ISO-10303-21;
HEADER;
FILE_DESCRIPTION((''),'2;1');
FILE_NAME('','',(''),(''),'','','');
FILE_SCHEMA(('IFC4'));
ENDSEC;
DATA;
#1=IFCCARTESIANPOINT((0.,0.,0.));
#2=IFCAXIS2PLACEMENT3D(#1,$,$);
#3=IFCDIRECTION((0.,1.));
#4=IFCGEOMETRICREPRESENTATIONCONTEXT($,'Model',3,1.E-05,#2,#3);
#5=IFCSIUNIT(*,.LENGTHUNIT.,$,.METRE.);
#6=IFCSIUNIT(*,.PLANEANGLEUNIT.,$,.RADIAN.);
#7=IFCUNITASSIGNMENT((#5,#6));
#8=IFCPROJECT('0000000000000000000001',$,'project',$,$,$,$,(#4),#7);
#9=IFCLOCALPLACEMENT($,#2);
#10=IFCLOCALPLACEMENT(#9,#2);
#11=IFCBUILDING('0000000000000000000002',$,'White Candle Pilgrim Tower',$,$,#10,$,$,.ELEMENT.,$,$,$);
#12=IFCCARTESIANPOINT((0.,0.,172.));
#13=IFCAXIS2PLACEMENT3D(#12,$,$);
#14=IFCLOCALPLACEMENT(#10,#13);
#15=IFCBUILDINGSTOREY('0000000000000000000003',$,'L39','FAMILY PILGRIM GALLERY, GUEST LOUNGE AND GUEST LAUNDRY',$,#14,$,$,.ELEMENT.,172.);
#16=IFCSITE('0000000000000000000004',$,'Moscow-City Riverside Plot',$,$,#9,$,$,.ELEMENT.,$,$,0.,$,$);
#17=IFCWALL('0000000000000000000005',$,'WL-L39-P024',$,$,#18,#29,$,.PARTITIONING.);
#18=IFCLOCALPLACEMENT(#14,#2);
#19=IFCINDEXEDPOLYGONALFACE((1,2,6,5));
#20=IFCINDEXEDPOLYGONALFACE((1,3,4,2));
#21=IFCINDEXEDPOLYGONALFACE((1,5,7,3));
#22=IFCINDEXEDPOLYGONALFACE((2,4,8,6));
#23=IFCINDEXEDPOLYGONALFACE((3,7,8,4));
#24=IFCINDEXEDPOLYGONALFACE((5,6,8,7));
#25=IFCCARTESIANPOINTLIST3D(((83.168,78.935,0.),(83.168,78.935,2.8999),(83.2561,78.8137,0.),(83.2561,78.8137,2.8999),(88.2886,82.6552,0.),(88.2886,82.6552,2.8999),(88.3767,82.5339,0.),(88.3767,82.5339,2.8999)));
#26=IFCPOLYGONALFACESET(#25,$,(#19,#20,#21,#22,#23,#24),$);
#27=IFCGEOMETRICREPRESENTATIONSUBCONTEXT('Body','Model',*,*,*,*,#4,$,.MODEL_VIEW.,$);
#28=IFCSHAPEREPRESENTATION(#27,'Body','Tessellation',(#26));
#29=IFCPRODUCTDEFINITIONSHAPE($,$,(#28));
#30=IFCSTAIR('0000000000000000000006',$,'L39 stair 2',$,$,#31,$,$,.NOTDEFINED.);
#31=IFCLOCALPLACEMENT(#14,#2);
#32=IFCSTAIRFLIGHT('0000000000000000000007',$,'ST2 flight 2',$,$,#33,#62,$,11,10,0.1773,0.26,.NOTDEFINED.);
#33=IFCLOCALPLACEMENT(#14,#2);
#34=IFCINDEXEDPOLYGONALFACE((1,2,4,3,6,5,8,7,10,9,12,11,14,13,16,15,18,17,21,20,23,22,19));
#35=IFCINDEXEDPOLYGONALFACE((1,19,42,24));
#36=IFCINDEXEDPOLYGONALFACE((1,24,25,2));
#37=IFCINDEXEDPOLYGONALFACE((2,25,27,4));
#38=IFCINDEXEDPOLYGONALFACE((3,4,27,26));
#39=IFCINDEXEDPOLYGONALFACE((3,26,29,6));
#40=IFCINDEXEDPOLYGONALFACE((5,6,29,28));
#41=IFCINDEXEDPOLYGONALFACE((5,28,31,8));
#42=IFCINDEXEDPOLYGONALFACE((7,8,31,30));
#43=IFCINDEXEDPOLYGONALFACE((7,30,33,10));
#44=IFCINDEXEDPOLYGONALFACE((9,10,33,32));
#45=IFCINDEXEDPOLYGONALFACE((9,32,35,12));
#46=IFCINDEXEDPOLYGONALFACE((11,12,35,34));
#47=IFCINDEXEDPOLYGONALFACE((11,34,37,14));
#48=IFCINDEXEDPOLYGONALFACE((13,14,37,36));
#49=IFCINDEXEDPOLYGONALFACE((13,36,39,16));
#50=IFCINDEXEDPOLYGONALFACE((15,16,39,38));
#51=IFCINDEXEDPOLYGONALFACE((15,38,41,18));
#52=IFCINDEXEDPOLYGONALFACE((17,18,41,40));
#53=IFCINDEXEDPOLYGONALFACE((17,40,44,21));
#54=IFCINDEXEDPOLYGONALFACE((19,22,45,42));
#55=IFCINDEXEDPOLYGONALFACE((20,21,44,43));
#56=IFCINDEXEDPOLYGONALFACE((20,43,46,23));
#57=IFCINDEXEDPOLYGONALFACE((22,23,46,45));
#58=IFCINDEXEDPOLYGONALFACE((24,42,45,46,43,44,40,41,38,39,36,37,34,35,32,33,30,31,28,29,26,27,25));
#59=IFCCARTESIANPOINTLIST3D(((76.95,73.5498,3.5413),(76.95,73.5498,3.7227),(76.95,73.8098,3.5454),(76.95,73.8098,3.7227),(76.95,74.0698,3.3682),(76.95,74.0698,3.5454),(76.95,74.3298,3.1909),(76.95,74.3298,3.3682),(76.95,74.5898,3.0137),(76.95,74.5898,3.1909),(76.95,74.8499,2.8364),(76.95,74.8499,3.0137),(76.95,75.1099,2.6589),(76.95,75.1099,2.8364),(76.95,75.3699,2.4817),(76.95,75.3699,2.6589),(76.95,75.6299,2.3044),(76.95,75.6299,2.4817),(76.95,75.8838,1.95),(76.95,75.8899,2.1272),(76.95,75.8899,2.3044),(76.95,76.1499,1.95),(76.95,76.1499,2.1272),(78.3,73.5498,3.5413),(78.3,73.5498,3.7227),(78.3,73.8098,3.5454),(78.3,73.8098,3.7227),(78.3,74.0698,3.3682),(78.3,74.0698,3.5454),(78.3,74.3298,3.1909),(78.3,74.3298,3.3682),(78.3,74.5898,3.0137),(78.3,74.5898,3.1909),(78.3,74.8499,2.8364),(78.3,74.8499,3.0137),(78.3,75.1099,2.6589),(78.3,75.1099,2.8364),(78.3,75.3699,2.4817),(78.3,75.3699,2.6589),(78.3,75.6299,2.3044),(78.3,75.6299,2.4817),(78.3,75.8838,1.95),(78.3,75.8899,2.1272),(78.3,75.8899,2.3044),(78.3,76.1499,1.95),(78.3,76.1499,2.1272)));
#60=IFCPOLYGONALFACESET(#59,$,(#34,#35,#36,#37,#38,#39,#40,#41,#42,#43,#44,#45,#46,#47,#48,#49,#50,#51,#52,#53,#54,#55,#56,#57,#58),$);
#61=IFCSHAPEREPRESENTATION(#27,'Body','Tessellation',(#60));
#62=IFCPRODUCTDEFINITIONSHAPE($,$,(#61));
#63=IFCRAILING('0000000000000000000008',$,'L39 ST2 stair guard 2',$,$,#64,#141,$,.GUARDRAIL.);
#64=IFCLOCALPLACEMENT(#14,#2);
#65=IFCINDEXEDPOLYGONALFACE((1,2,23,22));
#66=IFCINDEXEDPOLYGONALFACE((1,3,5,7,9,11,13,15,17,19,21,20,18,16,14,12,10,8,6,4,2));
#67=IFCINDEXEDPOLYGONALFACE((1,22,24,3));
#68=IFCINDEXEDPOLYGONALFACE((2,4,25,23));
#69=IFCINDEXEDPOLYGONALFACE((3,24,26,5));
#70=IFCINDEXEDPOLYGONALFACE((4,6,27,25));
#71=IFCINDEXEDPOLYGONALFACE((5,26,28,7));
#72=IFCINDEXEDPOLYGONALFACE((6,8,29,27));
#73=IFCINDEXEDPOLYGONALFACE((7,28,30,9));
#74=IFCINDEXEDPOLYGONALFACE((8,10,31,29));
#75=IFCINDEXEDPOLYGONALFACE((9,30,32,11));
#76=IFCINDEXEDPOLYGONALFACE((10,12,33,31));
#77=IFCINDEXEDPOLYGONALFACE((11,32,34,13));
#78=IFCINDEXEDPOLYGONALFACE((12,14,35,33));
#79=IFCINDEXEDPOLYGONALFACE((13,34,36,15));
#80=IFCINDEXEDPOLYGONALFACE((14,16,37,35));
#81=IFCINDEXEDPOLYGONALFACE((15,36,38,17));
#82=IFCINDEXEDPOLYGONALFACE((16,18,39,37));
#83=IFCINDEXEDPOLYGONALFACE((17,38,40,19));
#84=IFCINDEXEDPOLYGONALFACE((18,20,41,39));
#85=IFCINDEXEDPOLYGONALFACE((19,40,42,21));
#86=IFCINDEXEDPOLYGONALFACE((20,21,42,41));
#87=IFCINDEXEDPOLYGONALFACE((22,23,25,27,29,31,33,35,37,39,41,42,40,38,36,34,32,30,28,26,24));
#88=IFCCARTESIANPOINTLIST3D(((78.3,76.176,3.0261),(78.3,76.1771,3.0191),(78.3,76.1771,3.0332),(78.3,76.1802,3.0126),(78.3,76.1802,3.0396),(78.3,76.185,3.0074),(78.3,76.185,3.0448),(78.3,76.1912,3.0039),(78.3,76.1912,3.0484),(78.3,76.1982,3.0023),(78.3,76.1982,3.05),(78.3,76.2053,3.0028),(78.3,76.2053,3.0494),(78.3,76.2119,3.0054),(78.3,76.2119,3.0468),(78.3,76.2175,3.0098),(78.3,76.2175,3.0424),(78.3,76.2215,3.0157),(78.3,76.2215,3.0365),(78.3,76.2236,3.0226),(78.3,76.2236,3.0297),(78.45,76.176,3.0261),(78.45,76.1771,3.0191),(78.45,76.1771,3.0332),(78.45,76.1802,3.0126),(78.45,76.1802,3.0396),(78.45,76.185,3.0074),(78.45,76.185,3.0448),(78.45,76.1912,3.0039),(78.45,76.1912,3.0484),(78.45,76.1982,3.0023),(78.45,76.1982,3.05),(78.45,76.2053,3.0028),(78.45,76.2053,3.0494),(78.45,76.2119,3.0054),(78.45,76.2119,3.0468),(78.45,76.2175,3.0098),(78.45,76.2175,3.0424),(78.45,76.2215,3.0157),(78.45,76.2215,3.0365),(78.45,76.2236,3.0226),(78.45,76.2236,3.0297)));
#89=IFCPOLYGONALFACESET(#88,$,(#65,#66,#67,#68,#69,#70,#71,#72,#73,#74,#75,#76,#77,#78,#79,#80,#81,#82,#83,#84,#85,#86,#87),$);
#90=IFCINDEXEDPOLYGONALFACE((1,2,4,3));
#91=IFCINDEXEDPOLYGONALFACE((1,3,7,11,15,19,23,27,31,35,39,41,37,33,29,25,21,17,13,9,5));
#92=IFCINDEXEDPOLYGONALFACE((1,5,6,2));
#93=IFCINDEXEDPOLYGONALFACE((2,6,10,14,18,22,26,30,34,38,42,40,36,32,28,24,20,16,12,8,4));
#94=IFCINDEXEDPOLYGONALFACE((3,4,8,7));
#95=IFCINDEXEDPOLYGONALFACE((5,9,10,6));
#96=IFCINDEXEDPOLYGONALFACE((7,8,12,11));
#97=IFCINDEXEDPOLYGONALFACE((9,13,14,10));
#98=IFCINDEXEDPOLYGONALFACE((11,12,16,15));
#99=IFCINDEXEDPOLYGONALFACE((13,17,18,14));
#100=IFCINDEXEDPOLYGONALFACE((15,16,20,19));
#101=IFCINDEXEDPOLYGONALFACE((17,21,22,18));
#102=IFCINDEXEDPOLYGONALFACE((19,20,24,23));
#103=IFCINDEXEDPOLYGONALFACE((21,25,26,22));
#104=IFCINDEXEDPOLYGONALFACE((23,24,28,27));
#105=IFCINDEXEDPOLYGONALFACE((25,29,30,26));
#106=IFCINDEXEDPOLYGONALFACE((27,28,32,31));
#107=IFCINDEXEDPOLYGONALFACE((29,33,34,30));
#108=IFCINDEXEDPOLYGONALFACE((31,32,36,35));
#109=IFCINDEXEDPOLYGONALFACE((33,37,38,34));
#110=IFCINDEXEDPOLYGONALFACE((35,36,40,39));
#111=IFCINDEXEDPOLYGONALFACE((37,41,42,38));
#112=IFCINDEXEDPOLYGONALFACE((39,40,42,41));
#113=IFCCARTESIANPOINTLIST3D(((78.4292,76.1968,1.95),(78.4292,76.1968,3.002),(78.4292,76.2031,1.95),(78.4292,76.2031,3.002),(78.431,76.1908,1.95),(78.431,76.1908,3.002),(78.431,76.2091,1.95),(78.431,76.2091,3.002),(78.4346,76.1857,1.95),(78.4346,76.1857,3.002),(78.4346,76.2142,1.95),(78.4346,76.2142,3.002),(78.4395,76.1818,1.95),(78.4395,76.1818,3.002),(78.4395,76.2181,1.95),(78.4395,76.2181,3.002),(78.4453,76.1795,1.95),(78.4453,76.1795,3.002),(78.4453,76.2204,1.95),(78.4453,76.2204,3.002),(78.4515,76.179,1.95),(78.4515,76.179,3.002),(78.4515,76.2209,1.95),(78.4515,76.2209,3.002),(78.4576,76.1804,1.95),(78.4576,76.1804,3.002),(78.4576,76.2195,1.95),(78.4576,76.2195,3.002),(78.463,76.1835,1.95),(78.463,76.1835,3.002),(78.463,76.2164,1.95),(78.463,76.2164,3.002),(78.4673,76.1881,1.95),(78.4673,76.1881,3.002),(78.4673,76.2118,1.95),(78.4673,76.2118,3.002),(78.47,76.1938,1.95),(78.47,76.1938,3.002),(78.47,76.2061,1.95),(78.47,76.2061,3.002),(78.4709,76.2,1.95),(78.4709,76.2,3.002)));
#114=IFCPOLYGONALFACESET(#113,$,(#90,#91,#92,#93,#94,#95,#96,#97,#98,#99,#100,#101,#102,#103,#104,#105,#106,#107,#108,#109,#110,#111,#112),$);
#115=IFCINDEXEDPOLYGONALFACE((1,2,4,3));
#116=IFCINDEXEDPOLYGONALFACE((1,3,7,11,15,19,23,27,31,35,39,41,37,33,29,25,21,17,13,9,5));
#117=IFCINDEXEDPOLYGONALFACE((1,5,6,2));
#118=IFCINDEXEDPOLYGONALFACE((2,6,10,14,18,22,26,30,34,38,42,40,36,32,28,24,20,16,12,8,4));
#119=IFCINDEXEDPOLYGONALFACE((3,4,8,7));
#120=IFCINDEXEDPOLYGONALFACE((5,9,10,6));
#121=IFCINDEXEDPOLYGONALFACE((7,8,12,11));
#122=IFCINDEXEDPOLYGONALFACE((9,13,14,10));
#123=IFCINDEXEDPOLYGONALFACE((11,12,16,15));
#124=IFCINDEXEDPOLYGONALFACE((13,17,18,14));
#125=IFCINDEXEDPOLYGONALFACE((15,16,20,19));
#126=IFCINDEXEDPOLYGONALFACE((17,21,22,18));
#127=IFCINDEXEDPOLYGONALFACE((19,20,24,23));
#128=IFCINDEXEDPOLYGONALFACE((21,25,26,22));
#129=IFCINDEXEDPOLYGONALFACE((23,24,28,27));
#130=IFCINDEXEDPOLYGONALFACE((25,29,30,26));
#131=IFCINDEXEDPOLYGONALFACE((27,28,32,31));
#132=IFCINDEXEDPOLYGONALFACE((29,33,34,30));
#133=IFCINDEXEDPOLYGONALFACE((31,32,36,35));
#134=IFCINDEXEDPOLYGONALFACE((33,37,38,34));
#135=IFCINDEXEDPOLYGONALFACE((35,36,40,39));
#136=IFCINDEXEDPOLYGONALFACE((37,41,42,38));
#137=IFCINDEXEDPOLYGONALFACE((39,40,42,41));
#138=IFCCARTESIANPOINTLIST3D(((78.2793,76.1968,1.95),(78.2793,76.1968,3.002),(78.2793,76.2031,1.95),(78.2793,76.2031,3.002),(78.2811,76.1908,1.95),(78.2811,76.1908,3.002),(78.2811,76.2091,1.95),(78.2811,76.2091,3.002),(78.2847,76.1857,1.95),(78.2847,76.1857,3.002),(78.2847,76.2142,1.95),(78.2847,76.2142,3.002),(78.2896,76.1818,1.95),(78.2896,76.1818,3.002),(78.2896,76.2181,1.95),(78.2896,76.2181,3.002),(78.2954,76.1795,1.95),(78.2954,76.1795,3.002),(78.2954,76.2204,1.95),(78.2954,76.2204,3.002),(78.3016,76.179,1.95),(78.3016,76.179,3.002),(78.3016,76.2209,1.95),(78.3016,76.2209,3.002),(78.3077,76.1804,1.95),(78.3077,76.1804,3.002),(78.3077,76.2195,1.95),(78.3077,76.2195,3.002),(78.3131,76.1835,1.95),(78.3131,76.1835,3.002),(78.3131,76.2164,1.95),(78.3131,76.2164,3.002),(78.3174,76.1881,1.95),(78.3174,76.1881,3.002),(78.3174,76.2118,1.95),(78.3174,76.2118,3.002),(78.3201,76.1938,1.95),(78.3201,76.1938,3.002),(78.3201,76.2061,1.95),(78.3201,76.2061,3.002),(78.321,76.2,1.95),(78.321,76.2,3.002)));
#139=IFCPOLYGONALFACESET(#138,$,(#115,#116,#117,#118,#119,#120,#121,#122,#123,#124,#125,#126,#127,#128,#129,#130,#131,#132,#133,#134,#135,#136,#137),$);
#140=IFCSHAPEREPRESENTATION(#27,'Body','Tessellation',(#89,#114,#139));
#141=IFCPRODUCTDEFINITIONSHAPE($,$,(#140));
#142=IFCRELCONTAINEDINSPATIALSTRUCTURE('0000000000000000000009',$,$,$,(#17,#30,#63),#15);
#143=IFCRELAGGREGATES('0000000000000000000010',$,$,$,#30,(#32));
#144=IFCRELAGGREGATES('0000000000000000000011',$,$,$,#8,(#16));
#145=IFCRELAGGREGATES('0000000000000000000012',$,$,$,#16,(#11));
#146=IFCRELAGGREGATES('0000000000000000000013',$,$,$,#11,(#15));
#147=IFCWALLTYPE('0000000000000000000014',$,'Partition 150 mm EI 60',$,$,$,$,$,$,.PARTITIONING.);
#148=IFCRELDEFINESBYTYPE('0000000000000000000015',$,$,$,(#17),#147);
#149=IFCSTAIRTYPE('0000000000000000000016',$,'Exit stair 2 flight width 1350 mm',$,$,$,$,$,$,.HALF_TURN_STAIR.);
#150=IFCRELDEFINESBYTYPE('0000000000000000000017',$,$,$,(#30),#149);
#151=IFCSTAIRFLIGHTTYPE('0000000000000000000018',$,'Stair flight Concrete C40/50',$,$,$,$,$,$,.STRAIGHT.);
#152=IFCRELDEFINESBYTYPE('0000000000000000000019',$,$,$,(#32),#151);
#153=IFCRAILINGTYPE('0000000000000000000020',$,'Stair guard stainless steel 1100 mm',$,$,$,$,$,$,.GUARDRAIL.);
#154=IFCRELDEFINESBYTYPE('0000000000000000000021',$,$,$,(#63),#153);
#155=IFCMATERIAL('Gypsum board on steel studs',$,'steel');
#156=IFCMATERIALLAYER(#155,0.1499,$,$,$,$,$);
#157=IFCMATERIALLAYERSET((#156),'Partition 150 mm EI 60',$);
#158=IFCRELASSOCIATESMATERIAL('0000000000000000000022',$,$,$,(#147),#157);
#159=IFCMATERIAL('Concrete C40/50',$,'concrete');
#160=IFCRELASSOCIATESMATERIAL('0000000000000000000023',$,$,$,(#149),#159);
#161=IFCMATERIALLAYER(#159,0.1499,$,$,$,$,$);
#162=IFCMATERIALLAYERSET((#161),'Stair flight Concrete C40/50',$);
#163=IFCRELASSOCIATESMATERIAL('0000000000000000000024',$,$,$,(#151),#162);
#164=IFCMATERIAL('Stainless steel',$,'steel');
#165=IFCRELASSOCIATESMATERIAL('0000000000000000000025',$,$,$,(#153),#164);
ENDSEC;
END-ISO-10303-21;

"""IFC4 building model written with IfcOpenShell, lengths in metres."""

from ifc_helpers import new_model, si_unit, direction, frame, frame_2d, origin, origin_2d, place, context, subcontext, project, spatial, polyline, rectangle, circle, outline, extrude, material, layer, layer_set, type_object, element, aggregate, save


model = new_model("IFC4")

# Units and contexts
model_context = context("Model", 3, precision=1e-05, world=origin(), true_north=direction((0.0, 1.0)))
body_context = subcontext(model_context, "Body", "Model", "MODEL_VIEW")
ifc_project = project(units=[si_unit("LENGTHUNIT", "METRE"), si_unit("PLANEANGLEUNIT", "RADIAN")], contexts=[model_context])

# Site, building, storey
site_placement = place(None, origin())
site = spatial("IfcSite", under=ifc_project, at=site_placement, Name="Moscow-City Riverside Plot", CompositionType="ELEMENT", RefElevation=0.0)
building_placement = place(site_placement, origin())
building = spatial("IfcBuilding", under=site, at=building_placement, Name="White Candle Pilgrim Tower", CompositionType="ELEMENT")
storey_placement = place(building_placement, frame((0.0, 0.0, 172.0)))
storey = spatial("IfcBuildingStorey", under=building, at=storey_placement, Name="L39", Description="FAMILY PILGRIM GALLERY, GUEST LOUNGE AND GUEST LAUNDRY", CompositionType="ELEMENT", Elevation=172.0)

# Shared definitions
ifc_material_1 = material(Name="Gypsum board on steel studs", Category="steel")

# Wall
ifc_layer_1 = layer(ifc_material_1, 0.1499)
ifc_layer_set_1 = layer_set([ifc_layer_1], Name="Partition 150 mm EI 60")
wall_type_1 = type_object("IfcWallType", Name="Partition 150 mm EI 60", PredefinedType="PARTITIONING", material=ifc_layer_set_1)
wall_1_placement = place(storey_placement, frame((88.3325, 82.5945, 0.0), z_axis=(0.0, 0.0, 1.0), x_axis=(-0.809026, -0.587773, 0.0)))
element("IfcWall", 1, at=wall_1_placement, inside=storey, type_object=wall_type_1, Name="WL-L39-P024", PredefinedType="PARTITIONING", context=body_context, shape_type="SweptSolid", body=[
    extrude(rectangle(XDim=6.3293, YDim=0.1499, at=frame_2d((3.1646, 0.0))), origin(), (0.0, 0.0, 1.0), 2.8999),
])

# Stair, stair flight
ifc_material_2 = material(Name="Concrete C40/50", Category="concrete")
stair_type = type_object("IfcStairType", Name="Exit stair 2 flight width 1350 mm", PredefinedType="HALF_TURN_STAIR", material=ifc_material_2)
stair_placement = place(storey_placement, origin())
stair = element("IfcStair", 2, at=stair_placement, inside=storey, type_object=stair_type, Name="L39 stair 2", PredefinedType="NOTDEFINED")
ifc_layer_2 = layer(ifc_material_2, 0.1499)
ifc_layer_set_2 = layer_set([ifc_layer_2], Name="Stair flight Concrete C40/50")
stair_flight_type = type_object("IfcStairFlightType", Name="Stair flight Concrete C40/50", PredefinedType="STRAIGHT", material=ifc_layer_set_2)
stair_flight_placement = place(storey_placement, frame((77.625, 76.1499, 1.95), z_axis=(0.0, 0.0, 1.0), x_axis=(0.0, -1.0, 0.0)))
stair_flight = element("IfcStairFlight", 3, at=stair_flight_placement, type_object=stair_flight_type, Name="ST2 flight 2", NumberOfRisers=11, NumberOfTreads=10, PredefinedType="NOTDEFINED", RiserHeight=0.1773, TreadLength=0.26, context=body_context, shape_type="SweptSolid", body=[
    extrude(outline(polyline([(0.0, 0.0), (0.0, 0.1772), (0.26, 0.1772), (0.26, 0.3545), (0.52, 0.3545), (0.52, 0.5317), (0.78, 0.5317), (0.78, 0.709), (1.04, 0.709), (1.04, 0.8865), (1.3, 0.8865), (1.3, 1.0637), (1.5601, 1.0637), (1.5601, 1.241), (1.8201, 1.241), (1.8201, 1.4182), (2.0801, 1.4182), (2.0801, 1.5955), (2.3401, 1.5955), (2.3401, 1.7727), (2.6001, 1.7727), (2.6001, 1.95), (2.6001, 1.5913), (0.2661, 0.0), (0.0, 0.0)])), frame((0.0, 0.675, 0.0), z_axis=(0.0, -1.0, 0.0), x_axis=(1.0, 0.0, 0.0)), (0.0, 0.0, 1.0), 1.3501),
])
aggregate(stair, [stair_flight])

# Railing
ifc_material_3 = material(Name="Stainless steel", Category="steel")
railing_type_1 = type_object("IfcRailingType", Name="Stair guard stainless steel 1100 mm", PredefinedType="GUARDRAIL", material=ifc_material_3)
railing_1_placement = place(storey_placement, frame((78.45, 76.2, 1.95)))
element("IfcRailing", 4, at=railing_1_placement, inside=storey, type_object=railing_type_1, Name="L39 ST2 stair guard 2", PredefinedType="GUARDRAIL", context=body_context, shape_type="SweptSolid", body=[
    extrude(circle(Radius=0.0239, at=origin_2d()), frame((0.0, 0.0, 1.0762), z_axis=(-1.0, 0.0, 0.0), x_axis=(0.0, -1.0, 0.0)), (0.0, 0.0, 1.0), 0.1499),
    extrude(circle(Radius=0.021, at=origin_2d()), origin(), (0.0, 0.0, 1.0), 1.052),
    extrude(circle(Radius=0.021, at=origin_2d()), frame((-0.1499, 0.0, 0.0)), (0.0, 0.0, 1.0), 1.052),
])

save(model, "model.ifc")
